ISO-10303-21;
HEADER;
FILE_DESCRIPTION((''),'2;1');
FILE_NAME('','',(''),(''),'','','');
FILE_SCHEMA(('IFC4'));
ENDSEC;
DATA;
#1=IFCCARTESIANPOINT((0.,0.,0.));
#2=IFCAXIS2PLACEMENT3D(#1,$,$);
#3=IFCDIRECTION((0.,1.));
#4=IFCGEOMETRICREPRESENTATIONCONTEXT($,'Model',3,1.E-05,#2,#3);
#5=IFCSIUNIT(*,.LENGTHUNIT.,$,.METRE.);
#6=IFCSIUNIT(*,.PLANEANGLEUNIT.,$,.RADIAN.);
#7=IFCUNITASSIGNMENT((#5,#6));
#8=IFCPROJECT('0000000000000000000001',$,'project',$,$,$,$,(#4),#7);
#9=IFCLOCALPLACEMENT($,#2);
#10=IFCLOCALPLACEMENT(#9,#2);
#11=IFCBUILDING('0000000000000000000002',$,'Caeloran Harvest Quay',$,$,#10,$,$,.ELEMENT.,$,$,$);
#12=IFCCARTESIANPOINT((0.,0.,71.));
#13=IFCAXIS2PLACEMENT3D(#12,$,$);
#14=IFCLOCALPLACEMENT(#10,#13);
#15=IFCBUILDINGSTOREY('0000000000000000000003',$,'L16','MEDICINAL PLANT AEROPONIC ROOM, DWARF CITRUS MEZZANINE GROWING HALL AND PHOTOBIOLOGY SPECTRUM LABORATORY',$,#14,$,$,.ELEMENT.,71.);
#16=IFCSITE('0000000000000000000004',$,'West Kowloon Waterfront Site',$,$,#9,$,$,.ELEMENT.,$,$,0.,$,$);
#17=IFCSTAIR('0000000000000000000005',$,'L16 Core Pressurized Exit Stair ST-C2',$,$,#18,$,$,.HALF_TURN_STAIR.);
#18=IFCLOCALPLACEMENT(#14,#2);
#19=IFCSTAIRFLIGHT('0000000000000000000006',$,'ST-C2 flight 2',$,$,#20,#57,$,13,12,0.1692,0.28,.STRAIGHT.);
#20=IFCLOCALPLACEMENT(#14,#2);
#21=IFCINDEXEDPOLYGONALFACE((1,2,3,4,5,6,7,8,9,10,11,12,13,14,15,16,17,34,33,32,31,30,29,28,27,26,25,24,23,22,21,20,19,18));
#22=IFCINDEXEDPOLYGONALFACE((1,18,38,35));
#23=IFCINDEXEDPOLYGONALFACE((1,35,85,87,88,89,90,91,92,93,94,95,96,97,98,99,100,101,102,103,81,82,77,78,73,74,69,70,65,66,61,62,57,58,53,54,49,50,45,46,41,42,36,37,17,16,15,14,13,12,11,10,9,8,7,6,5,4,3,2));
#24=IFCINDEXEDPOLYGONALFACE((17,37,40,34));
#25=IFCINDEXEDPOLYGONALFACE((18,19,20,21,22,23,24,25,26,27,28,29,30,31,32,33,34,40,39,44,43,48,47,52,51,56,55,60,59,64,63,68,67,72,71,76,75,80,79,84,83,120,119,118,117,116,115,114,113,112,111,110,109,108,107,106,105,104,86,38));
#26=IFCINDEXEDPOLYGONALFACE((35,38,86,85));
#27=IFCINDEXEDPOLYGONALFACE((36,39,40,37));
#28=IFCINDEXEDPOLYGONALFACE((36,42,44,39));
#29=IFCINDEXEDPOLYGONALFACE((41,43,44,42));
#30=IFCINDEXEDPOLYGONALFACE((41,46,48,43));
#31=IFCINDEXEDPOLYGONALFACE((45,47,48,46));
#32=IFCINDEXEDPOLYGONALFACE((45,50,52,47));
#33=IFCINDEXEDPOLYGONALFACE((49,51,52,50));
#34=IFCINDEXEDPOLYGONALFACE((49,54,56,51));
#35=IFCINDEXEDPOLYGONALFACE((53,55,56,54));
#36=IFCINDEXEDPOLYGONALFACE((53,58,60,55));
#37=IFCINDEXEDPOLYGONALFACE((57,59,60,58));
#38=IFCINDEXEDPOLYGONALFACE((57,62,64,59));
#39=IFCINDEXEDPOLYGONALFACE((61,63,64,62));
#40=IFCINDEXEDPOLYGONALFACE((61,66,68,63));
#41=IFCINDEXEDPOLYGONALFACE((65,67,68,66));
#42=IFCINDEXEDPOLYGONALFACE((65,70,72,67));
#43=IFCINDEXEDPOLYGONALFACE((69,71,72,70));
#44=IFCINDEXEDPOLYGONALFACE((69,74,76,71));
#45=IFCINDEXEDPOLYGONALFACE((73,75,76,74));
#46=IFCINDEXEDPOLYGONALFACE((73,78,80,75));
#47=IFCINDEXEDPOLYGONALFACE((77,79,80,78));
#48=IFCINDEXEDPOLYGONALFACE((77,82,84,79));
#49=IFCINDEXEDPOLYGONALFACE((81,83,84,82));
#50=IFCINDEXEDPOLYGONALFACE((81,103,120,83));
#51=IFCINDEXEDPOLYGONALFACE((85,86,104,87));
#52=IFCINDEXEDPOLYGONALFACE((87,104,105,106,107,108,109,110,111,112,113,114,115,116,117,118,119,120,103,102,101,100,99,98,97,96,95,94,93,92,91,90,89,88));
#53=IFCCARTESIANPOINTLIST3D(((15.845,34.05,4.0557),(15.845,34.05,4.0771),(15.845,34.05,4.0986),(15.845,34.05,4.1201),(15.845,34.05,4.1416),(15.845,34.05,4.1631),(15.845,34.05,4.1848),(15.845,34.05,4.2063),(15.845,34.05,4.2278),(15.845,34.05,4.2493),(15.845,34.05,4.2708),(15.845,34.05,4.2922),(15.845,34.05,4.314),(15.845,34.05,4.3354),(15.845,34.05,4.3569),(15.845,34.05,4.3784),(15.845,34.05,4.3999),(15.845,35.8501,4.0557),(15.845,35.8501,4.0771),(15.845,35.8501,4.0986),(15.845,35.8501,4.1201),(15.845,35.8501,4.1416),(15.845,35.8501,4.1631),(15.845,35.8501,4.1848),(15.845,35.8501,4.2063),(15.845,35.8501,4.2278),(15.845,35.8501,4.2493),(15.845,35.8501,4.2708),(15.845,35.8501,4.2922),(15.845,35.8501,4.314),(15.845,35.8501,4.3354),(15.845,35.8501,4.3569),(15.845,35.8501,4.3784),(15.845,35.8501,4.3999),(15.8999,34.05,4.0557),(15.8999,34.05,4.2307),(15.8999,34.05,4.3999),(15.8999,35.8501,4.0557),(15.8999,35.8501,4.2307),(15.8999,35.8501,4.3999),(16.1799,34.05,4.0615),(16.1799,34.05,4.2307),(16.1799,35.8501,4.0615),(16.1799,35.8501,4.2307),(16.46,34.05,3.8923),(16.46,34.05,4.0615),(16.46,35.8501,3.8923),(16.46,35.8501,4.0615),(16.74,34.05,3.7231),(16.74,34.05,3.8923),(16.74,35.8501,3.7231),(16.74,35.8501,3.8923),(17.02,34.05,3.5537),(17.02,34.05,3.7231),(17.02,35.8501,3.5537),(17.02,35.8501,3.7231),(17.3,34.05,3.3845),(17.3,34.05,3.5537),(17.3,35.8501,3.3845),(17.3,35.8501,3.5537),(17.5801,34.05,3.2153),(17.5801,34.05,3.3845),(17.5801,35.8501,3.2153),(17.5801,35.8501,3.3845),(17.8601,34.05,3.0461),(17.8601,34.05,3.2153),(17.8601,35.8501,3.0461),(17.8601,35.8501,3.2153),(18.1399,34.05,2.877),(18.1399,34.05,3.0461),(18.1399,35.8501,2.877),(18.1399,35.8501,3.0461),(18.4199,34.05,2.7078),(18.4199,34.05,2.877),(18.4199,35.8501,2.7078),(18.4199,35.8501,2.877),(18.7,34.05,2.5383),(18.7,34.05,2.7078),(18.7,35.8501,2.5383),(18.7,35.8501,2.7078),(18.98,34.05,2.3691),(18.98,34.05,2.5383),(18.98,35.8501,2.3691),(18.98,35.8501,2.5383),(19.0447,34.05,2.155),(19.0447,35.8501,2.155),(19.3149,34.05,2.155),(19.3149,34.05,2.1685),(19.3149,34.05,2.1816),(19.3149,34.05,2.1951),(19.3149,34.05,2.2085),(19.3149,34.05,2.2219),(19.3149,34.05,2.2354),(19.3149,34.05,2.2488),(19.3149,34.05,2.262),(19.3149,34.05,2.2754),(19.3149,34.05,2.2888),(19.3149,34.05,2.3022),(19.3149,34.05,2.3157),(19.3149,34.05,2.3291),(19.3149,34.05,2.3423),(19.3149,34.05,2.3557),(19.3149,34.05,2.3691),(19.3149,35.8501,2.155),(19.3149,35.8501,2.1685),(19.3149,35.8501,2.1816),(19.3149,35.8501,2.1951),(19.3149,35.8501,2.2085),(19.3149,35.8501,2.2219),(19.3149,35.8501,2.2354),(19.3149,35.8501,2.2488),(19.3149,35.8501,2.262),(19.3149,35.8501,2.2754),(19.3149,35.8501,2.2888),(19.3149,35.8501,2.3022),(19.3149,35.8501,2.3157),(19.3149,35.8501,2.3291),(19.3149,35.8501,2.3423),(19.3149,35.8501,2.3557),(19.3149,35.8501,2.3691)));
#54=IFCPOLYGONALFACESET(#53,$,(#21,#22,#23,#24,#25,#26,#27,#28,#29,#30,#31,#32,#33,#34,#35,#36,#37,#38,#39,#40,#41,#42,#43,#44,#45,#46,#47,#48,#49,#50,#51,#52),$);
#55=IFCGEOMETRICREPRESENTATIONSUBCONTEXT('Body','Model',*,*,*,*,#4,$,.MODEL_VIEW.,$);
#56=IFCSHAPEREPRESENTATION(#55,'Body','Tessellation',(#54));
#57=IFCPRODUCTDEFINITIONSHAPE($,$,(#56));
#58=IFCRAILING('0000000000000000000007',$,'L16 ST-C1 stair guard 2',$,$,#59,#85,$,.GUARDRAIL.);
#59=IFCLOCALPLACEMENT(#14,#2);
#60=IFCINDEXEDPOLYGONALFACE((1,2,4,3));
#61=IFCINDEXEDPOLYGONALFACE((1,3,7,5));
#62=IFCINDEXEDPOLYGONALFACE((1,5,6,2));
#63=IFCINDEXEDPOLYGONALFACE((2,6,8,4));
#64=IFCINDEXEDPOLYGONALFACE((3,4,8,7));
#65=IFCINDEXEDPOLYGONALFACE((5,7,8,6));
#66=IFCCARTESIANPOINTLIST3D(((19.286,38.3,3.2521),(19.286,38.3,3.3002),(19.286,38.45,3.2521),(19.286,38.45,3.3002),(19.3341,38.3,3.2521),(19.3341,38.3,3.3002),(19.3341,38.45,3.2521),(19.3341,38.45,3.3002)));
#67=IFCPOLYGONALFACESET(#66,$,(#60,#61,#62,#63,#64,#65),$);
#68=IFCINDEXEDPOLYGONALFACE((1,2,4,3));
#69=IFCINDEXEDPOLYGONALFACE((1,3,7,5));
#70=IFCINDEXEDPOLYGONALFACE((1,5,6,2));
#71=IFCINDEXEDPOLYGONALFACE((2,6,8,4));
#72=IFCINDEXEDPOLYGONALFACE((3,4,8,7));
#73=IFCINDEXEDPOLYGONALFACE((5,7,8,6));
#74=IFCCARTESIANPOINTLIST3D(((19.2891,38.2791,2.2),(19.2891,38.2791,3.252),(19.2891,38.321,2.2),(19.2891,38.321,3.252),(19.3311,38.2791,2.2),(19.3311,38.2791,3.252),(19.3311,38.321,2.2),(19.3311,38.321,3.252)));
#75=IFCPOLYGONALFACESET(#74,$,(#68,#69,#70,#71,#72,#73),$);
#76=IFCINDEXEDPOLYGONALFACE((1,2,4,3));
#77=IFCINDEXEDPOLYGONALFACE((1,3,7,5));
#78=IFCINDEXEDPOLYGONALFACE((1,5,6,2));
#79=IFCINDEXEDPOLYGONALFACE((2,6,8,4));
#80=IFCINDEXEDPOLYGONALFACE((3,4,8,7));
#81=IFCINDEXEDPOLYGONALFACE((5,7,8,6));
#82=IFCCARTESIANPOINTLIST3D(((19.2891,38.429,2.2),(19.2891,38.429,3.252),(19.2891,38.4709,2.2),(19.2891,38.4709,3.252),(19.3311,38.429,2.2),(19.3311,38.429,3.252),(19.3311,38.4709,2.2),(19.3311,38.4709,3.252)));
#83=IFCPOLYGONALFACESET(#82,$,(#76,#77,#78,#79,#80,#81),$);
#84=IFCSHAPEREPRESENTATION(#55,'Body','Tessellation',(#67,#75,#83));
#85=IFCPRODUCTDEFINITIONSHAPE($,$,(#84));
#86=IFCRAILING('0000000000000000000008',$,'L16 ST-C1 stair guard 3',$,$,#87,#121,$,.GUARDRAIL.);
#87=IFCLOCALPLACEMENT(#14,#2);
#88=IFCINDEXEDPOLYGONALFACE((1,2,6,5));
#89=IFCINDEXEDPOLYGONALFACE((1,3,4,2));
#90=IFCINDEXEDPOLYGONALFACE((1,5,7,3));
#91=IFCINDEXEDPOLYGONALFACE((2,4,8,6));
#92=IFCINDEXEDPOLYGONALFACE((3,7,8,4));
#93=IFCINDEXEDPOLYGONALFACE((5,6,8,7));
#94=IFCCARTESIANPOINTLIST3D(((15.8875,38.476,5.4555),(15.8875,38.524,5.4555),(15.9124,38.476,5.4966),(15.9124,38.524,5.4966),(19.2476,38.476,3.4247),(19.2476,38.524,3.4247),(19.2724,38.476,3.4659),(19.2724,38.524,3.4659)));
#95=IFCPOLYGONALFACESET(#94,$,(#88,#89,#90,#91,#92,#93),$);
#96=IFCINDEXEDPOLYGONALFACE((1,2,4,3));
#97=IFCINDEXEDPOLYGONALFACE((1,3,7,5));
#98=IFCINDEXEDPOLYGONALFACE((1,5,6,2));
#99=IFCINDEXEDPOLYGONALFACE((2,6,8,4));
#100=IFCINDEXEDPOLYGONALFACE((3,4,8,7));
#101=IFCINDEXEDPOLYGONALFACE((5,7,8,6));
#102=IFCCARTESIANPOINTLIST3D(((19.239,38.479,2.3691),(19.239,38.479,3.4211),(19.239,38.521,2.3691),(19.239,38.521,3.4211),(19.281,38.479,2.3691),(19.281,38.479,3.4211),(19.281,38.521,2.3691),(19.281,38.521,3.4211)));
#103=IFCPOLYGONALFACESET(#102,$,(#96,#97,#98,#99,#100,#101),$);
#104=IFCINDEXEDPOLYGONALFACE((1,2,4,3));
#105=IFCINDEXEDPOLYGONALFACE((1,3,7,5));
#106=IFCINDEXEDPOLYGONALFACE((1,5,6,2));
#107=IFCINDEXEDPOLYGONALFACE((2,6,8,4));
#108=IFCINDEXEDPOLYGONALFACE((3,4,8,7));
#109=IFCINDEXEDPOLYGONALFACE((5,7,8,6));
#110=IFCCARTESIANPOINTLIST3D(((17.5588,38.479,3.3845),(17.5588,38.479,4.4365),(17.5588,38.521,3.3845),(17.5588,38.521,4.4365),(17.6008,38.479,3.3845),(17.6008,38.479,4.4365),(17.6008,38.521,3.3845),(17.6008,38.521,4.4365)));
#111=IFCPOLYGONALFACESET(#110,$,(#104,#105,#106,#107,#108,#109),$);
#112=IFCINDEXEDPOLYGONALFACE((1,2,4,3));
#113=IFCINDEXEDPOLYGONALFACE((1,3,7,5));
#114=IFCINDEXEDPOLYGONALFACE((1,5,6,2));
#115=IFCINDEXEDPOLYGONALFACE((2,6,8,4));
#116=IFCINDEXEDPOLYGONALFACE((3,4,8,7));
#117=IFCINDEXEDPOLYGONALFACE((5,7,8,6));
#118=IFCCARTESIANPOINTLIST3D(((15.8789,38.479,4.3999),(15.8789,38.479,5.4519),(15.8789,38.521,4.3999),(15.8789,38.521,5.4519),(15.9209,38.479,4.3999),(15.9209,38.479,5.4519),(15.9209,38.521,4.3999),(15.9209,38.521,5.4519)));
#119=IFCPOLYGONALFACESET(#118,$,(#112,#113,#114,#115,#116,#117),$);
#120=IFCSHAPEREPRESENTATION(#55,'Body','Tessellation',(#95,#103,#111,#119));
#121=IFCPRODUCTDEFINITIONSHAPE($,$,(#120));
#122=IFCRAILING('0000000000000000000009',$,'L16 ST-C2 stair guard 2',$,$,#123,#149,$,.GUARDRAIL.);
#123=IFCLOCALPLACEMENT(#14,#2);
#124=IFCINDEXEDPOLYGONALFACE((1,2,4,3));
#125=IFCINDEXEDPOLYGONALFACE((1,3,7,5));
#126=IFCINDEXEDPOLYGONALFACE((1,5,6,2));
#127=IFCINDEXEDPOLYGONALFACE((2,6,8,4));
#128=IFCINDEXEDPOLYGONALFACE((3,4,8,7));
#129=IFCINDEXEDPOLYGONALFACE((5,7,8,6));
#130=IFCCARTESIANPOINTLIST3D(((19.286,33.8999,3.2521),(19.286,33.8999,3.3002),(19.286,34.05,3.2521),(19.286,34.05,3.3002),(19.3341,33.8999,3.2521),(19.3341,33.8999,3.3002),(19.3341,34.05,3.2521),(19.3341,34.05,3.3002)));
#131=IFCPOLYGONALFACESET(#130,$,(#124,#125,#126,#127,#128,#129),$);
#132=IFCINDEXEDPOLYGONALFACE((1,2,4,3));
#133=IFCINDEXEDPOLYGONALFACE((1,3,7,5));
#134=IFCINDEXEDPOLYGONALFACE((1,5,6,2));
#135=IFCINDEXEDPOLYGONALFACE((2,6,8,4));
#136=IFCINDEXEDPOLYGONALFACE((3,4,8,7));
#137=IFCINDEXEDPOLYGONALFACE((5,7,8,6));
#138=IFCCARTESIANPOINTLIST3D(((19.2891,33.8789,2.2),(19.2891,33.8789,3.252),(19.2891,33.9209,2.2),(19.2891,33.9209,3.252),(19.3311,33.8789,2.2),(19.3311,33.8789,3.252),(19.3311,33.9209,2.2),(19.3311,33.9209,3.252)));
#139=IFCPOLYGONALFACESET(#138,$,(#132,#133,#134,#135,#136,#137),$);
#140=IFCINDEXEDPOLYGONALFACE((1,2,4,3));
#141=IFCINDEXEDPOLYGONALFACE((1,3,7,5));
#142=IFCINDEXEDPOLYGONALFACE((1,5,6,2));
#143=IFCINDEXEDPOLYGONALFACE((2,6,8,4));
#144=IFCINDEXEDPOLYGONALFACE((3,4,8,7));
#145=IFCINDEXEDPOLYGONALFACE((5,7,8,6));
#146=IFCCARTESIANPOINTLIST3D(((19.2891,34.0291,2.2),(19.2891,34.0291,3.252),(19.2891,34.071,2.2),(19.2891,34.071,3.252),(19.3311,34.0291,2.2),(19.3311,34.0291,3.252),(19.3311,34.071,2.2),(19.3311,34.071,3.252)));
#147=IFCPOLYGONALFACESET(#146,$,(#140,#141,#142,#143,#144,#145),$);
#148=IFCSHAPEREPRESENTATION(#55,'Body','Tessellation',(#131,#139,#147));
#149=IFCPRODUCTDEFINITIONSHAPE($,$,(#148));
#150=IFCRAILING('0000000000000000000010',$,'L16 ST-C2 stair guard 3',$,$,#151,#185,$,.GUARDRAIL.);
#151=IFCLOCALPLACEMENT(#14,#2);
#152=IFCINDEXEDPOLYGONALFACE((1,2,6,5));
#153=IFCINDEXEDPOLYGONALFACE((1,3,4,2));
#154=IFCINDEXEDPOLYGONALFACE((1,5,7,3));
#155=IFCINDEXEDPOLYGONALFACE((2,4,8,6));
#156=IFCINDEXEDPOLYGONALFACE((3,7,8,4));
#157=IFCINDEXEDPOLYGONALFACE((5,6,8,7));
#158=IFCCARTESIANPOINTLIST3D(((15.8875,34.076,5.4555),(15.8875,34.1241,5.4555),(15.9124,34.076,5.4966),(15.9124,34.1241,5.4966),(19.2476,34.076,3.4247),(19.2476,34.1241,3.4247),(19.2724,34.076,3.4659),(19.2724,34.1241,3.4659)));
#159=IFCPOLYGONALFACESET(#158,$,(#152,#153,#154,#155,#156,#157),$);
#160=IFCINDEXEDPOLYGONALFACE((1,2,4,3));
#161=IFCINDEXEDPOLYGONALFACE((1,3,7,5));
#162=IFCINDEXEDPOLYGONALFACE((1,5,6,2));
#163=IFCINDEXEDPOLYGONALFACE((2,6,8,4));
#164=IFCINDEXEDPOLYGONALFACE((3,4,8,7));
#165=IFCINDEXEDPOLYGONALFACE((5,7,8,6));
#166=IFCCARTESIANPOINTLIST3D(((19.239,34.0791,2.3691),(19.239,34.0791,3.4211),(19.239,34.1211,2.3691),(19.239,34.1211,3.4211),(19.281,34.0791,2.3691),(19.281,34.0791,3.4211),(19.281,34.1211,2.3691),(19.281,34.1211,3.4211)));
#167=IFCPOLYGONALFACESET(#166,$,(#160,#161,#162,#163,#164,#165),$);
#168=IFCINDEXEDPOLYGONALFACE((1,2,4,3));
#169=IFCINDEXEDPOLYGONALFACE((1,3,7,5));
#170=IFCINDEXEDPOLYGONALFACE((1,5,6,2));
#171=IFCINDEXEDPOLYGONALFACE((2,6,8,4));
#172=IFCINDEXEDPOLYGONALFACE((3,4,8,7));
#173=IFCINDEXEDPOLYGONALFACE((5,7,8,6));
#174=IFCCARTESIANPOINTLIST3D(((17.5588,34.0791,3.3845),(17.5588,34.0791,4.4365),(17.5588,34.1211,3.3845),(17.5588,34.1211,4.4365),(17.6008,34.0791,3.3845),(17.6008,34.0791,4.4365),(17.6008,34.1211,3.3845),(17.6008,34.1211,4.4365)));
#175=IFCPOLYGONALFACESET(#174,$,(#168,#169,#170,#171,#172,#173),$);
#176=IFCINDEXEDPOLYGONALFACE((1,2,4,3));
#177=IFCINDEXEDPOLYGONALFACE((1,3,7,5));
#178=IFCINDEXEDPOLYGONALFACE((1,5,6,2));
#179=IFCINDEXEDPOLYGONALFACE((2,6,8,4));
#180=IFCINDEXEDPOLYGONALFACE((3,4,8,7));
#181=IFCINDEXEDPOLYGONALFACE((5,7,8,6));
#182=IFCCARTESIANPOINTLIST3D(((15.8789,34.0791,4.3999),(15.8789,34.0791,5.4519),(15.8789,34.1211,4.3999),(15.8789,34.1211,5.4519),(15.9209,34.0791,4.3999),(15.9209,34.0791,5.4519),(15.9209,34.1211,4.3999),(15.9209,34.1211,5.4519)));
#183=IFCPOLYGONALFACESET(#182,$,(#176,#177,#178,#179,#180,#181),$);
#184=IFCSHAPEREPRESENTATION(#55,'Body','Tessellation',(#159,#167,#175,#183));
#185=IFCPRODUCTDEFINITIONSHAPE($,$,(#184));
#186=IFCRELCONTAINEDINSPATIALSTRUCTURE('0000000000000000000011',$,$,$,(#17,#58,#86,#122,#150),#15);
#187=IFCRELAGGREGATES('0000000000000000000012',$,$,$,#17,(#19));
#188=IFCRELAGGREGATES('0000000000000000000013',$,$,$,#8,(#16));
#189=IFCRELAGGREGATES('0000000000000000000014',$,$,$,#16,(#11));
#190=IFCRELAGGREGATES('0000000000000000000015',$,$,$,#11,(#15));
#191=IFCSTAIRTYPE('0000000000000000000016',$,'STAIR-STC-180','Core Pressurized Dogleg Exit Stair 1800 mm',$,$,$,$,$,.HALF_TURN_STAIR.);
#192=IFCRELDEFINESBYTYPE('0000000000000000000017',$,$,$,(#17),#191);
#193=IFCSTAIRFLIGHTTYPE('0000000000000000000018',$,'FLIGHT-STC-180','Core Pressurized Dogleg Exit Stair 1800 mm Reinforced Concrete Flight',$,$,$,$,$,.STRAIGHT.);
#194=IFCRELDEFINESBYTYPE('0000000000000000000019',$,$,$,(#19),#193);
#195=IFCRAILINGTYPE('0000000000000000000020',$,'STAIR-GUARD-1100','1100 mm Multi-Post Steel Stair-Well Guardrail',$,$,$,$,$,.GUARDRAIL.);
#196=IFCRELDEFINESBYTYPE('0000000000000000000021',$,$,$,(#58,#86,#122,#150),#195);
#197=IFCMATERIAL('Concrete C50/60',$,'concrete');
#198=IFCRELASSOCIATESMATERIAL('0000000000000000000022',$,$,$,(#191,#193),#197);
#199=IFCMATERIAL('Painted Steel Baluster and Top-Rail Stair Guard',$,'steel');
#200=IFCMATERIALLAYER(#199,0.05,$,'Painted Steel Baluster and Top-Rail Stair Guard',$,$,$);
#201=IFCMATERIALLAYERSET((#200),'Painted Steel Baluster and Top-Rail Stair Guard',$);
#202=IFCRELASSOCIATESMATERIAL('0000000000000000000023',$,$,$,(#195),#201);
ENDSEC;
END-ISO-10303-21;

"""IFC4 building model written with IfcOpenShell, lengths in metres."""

from ifc_helpers import new_model, si_unit, direction, frame, origin, origin_2d, place, context, subcontext, project, spatial, polyline, rectangle, outline, extrude, material, layer, layer_set, type_object, element, aggregate, save


model = new_model("IFC4")

# Units and contexts
model_context = context("Model", 3, precision=1e-05, world=origin(), true_north=direction((0.0, 1.0)))
body_context = subcontext(model_context, "Body", "Model", "MODEL_VIEW")
ifc_project = project(units=[si_unit("LENGTHUNIT", "METRE"), si_unit("PLANEANGLEUNIT", "RADIAN")], contexts=[model_context])

# Site, building, storey
site_placement = place(None, origin())
site = spatial("IfcSite", under=ifc_project, at=site_placement, Name="West Kowloon Waterfront Site", CompositionType="ELEMENT", RefElevation=0.0)
building_placement = place(site_placement, origin())
building = spatial("IfcBuilding", under=site, at=building_placement, Name="Caeloran Harvest Quay", CompositionType="ELEMENT")
storey_placement = place(building_placement, frame((0.0, 0.0, 71.0)))
storey = spatial("IfcBuildingStorey", under=building, at=storey_placement, Name="L16", Description="MEDICINAL PLANT AEROPONIC ROOM, DWARF CITRUS MEZZANINE GROWING HALL AND PHOTOBIOLOGY SPECTRUM LABORATORY", CompositionType="ELEMENT", Elevation=71.0)

# Shared definitions
ifc_material_1 = material(Name="Concrete C50/60", Category="concrete")

# Stair, stair flight
stair_type = type_object("IfcStairType", Name="STAIR-STC-180", Description="Core Pressurized Dogleg Exit Stair 1800 mm", PredefinedType="HALF_TURN_STAIR", material=ifc_material_1)
stair_flight_type = type_object("IfcStairFlightType", Name="FLIGHT-STC-180", Description="Core Pressurized Dogleg Exit Stair 1800 mm Reinforced Concrete Flight", PredefinedType="STRAIGHT", material=ifc_material_1)
stair_1_placement = place(storey_placement, origin())
stair_1 = element("IfcStair", 1, at=stair_1_placement, inside=storey, type_object=stair_type, Name="L16 Core Pressurized Exit Stair ST-C2", PredefinedType="HALF_TURN_STAIR")
stair_flight_1_placement = place(storey_placement, frame((19.26, 34.95, 2.2), z_axis=(0.0, 0.0, 1.0), x_axis=(-1.0, 0.0, 0.0)))
stair_flight_1 = element("IfcStairFlight", 2, at=stair_flight_1_placement, type_object=stair_flight_type, Name="ST-C2 flight 2", NumberOfRisers=13, NumberOfTreads=12, PredefinedType="STRAIGHT", RiserHeight=0.1692, TreadLength=0.28, context=body_context, shape_type="SweptSolid", body=[
    extrude(outline(polyline([(-0.0549, -0.0449), (-0.0549, -0.0315), (-0.0549, -0.0183), (-0.0549, -0.0049), (-0.0549, 0.0085), (-0.0549, 0.022), (-0.0549, 0.0354), (-0.0549, 0.0488), (-0.0549, 0.062), (-0.0549, 0.0754), (-0.0549, 0.0889), (-0.0549, 0.1023), (-0.0549, 0.1157), (-0.0549, 0.1292), (-0.0549, 0.1423), (-0.0549, 0.1558), (-0.0549, 0.1692), (0.28, 0.1692), (0.28, 0.3384), (0.5601, 0.3384), (0.5601, 0.5078), (0.8401, 0.5078), (0.8401, 0.677), (1.1201, 0.677), (1.1201, 0.8462), (1.3999, 0.8462), (1.3999, 1.0154), (1.6799, 1.0154), (1.6799, 1.1846), (1.96, 1.1846), (1.96, 1.3538), (2.24, 1.3538), (2.24, 1.5232), (2.52, 1.5232), (2.52, 1.6924), (2.8, 1.6924), (2.8, 1.8616), (3.0801, 1.8616), (3.0801, 2.0308), (3.3601, 2.0308), (3.3601, 2.2), (3.415, 2.2), (3.415, 2.1785), (3.415, 2.157), (3.415, 2.1355), (3.415, 2.114), (3.415, 2.0923), (3.415, 2.0708), (3.415, 2.0493), (3.415, 2.0278), (3.415, 2.0063), (3.415, 1.9849), (3.415, 1.9631), (3.415, 1.9417), (3.415, 1.9202), (3.415, 1.8987), (3.415, 1.8772), (3.415, 1.8557), (3.3601, 1.8557), (0.2153, -0.0449), (-0.0549, -0.0449)])), frame((0.0, 0.8999, 0.0), z_axis=(0.0, -1.0, 0.0), x_axis=(1.0, 0.0, 0.0)), (0.0, 0.0, 1.0), 1.8),
])
aggregate(stair_1, [stair_flight_1])

# Railings
ifc_material_2 = material(Name="Painted Steel Baluster and Top-Rail Stair Guard", Category="steel")
ifc_layer_1 = layer(ifc_material_2, 0.05, Name="Painted Steel Baluster and Top-Rail Stair Guard")
ifc_layer_set_1 = layer_set([ifc_layer_1], Name="Painted Steel Baluster and Top-Rail Stair Guard")
railing_type_1 = type_object("IfcRailingType", Name="STAIR-GUARD-1100", Description="1100 mm Multi-Post Steel Stair-Well Guardrail", PredefinedType="GUARDRAIL", material=ifc_layer_set_1)
railing_1_placement = place(storey_placement, frame((19.3101, 38.3, 2.2)))
element("IfcRailing", 3, at=railing_1_placement, inside=storey, type_object=railing_type_1, Name="L16 ST-C1 stair guard 2", PredefinedType="GUARDRAIL", context=body_context, shape_type="SweptSolid", body=[
    extrude(rectangle(XDim=0.0481, YDim=0.0481, at=origin_2d()), frame((0.0, 0.0, 1.0762), z_axis=(0.0, 1.0, 0.0), x_axis=(-1.0, 0.0, 0.0)), (0.0, 0.0, 1.0), 0.1499),
    extrude(rectangle(XDim=0.042, YDim=0.042, at=origin_2d()), origin(), (0.0, 0.0, 1.0), 1.052),
    extrude(rectangle(XDim=0.042, YDim=0.042, at=origin_2d()), frame((0.0, 0.1499, 0.0)), (0.0, 0.0, 1.0), 1.052),
])
railing_2_placement = place(storey_placement, frame((19.26, 38.5, 2.3691)))
element("IfcRailing", 4, at=railing_2_placement, inside=storey, type_object=railing_type_1, Name="L16 ST-C1 stair guard 3", PredefinedType="GUARDRAIL", context=body_context, shape_type="SweptSolid", body=[
    extrude(rectangle(XDim=0.0481, YDim=0.0481, at=origin_2d()), frame((0.0, 0.0, 1.0762), z_axis=(-0.855837, 0.0, 0.517246), x_axis=(0.0, -1.0, 0.0)), (0.0, 0.0, 1.0), 3.926),
    extrude(rectangle(XDim=0.042, YDim=0.042, at=origin_2d()), origin(), (0.0, 0.0, 1.0), 1.052),
    extrude(rectangle(XDim=0.042, YDim=0.042, at=origin_2d()), frame((-1.6802, 0.0, 1.0154)), (0.0, 0.0, 1.0), 1.052),
    extrude(rectangle(XDim=0.042, YDim=0.042, at=origin_2d()), frame((-3.3601, 0.0, 2.0308)), (0.0, 0.0, 1.0), 1.052),
])
railing_3_placement = place(storey_placement, frame((19.3101, 33.8999, 2.2)))
element("IfcRailing", 5, at=railing_3_placement, inside=storey, type_object=railing_type_1, Name="L16 ST-C2 stair guard 2", PredefinedType="GUARDRAIL", context=body_context, shape_type="SweptSolid", body=[
    extrude(rectangle(XDim=0.0481, YDim=0.0481, at=origin_2d()), frame((0.0, 0.0, 1.0762), z_axis=(0.0, 1.0, 0.0), x_axis=(-1.0, 0.0, 0.0)), (0.0, 0.0, 1.0), 0.1501),
    extrude(rectangle(XDim=0.042, YDim=0.042, at=origin_2d()), origin(), (0.0, 0.0, 1.0), 1.052),
    extrude(rectangle(XDim=0.042, YDim=0.042, at=origin_2d()), frame((0.0, 0.1501, 0.0)), (0.0, 0.0, 1.0), 1.052),
])
railing_4_placement = place(storey_placement, frame((19.26, 34.1001, 2.3691)))
element("IfcRailing", 6, at=railing_4_placement, inside=storey, type_object=railing_type_1, Name="L16 ST-C2 stair guard 3", PredefinedType="GUARDRAIL", context=body_context, shape_type="SweptSolid", body=[
    extrude(rectangle(XDim=0.0481, YDim=0.0481, at=origin_2d()), frame((0.0, 0.0, 1.0762), z_axis=(-0.855837, 0.0, 0.517246), x_axis=(0.0, -1.0, 0.0)), (0.0, 0.0, 1.0), 3.926),
    extrude(rectangle(XDim=0.042, YDim=0.042, at=origin_2d()), origin(), (0.0, 0.0, 1.0), 1.052),
    extrude(rectangle(XDim=0.042, YDim=0.042, at=origin_2d()), frame((-1.6802, 0.0, 1.0154)), (0.0, 0.0, 1.0), 1.052),
    extrude(rectangle(XDim=0.042, YDim=0.042, at=origin_2d()), frame((-3.3601, 0.0, 2.0308)), (0.0, 0.0, 1.0), 1.052),
])

save(model, "model.ifc")
